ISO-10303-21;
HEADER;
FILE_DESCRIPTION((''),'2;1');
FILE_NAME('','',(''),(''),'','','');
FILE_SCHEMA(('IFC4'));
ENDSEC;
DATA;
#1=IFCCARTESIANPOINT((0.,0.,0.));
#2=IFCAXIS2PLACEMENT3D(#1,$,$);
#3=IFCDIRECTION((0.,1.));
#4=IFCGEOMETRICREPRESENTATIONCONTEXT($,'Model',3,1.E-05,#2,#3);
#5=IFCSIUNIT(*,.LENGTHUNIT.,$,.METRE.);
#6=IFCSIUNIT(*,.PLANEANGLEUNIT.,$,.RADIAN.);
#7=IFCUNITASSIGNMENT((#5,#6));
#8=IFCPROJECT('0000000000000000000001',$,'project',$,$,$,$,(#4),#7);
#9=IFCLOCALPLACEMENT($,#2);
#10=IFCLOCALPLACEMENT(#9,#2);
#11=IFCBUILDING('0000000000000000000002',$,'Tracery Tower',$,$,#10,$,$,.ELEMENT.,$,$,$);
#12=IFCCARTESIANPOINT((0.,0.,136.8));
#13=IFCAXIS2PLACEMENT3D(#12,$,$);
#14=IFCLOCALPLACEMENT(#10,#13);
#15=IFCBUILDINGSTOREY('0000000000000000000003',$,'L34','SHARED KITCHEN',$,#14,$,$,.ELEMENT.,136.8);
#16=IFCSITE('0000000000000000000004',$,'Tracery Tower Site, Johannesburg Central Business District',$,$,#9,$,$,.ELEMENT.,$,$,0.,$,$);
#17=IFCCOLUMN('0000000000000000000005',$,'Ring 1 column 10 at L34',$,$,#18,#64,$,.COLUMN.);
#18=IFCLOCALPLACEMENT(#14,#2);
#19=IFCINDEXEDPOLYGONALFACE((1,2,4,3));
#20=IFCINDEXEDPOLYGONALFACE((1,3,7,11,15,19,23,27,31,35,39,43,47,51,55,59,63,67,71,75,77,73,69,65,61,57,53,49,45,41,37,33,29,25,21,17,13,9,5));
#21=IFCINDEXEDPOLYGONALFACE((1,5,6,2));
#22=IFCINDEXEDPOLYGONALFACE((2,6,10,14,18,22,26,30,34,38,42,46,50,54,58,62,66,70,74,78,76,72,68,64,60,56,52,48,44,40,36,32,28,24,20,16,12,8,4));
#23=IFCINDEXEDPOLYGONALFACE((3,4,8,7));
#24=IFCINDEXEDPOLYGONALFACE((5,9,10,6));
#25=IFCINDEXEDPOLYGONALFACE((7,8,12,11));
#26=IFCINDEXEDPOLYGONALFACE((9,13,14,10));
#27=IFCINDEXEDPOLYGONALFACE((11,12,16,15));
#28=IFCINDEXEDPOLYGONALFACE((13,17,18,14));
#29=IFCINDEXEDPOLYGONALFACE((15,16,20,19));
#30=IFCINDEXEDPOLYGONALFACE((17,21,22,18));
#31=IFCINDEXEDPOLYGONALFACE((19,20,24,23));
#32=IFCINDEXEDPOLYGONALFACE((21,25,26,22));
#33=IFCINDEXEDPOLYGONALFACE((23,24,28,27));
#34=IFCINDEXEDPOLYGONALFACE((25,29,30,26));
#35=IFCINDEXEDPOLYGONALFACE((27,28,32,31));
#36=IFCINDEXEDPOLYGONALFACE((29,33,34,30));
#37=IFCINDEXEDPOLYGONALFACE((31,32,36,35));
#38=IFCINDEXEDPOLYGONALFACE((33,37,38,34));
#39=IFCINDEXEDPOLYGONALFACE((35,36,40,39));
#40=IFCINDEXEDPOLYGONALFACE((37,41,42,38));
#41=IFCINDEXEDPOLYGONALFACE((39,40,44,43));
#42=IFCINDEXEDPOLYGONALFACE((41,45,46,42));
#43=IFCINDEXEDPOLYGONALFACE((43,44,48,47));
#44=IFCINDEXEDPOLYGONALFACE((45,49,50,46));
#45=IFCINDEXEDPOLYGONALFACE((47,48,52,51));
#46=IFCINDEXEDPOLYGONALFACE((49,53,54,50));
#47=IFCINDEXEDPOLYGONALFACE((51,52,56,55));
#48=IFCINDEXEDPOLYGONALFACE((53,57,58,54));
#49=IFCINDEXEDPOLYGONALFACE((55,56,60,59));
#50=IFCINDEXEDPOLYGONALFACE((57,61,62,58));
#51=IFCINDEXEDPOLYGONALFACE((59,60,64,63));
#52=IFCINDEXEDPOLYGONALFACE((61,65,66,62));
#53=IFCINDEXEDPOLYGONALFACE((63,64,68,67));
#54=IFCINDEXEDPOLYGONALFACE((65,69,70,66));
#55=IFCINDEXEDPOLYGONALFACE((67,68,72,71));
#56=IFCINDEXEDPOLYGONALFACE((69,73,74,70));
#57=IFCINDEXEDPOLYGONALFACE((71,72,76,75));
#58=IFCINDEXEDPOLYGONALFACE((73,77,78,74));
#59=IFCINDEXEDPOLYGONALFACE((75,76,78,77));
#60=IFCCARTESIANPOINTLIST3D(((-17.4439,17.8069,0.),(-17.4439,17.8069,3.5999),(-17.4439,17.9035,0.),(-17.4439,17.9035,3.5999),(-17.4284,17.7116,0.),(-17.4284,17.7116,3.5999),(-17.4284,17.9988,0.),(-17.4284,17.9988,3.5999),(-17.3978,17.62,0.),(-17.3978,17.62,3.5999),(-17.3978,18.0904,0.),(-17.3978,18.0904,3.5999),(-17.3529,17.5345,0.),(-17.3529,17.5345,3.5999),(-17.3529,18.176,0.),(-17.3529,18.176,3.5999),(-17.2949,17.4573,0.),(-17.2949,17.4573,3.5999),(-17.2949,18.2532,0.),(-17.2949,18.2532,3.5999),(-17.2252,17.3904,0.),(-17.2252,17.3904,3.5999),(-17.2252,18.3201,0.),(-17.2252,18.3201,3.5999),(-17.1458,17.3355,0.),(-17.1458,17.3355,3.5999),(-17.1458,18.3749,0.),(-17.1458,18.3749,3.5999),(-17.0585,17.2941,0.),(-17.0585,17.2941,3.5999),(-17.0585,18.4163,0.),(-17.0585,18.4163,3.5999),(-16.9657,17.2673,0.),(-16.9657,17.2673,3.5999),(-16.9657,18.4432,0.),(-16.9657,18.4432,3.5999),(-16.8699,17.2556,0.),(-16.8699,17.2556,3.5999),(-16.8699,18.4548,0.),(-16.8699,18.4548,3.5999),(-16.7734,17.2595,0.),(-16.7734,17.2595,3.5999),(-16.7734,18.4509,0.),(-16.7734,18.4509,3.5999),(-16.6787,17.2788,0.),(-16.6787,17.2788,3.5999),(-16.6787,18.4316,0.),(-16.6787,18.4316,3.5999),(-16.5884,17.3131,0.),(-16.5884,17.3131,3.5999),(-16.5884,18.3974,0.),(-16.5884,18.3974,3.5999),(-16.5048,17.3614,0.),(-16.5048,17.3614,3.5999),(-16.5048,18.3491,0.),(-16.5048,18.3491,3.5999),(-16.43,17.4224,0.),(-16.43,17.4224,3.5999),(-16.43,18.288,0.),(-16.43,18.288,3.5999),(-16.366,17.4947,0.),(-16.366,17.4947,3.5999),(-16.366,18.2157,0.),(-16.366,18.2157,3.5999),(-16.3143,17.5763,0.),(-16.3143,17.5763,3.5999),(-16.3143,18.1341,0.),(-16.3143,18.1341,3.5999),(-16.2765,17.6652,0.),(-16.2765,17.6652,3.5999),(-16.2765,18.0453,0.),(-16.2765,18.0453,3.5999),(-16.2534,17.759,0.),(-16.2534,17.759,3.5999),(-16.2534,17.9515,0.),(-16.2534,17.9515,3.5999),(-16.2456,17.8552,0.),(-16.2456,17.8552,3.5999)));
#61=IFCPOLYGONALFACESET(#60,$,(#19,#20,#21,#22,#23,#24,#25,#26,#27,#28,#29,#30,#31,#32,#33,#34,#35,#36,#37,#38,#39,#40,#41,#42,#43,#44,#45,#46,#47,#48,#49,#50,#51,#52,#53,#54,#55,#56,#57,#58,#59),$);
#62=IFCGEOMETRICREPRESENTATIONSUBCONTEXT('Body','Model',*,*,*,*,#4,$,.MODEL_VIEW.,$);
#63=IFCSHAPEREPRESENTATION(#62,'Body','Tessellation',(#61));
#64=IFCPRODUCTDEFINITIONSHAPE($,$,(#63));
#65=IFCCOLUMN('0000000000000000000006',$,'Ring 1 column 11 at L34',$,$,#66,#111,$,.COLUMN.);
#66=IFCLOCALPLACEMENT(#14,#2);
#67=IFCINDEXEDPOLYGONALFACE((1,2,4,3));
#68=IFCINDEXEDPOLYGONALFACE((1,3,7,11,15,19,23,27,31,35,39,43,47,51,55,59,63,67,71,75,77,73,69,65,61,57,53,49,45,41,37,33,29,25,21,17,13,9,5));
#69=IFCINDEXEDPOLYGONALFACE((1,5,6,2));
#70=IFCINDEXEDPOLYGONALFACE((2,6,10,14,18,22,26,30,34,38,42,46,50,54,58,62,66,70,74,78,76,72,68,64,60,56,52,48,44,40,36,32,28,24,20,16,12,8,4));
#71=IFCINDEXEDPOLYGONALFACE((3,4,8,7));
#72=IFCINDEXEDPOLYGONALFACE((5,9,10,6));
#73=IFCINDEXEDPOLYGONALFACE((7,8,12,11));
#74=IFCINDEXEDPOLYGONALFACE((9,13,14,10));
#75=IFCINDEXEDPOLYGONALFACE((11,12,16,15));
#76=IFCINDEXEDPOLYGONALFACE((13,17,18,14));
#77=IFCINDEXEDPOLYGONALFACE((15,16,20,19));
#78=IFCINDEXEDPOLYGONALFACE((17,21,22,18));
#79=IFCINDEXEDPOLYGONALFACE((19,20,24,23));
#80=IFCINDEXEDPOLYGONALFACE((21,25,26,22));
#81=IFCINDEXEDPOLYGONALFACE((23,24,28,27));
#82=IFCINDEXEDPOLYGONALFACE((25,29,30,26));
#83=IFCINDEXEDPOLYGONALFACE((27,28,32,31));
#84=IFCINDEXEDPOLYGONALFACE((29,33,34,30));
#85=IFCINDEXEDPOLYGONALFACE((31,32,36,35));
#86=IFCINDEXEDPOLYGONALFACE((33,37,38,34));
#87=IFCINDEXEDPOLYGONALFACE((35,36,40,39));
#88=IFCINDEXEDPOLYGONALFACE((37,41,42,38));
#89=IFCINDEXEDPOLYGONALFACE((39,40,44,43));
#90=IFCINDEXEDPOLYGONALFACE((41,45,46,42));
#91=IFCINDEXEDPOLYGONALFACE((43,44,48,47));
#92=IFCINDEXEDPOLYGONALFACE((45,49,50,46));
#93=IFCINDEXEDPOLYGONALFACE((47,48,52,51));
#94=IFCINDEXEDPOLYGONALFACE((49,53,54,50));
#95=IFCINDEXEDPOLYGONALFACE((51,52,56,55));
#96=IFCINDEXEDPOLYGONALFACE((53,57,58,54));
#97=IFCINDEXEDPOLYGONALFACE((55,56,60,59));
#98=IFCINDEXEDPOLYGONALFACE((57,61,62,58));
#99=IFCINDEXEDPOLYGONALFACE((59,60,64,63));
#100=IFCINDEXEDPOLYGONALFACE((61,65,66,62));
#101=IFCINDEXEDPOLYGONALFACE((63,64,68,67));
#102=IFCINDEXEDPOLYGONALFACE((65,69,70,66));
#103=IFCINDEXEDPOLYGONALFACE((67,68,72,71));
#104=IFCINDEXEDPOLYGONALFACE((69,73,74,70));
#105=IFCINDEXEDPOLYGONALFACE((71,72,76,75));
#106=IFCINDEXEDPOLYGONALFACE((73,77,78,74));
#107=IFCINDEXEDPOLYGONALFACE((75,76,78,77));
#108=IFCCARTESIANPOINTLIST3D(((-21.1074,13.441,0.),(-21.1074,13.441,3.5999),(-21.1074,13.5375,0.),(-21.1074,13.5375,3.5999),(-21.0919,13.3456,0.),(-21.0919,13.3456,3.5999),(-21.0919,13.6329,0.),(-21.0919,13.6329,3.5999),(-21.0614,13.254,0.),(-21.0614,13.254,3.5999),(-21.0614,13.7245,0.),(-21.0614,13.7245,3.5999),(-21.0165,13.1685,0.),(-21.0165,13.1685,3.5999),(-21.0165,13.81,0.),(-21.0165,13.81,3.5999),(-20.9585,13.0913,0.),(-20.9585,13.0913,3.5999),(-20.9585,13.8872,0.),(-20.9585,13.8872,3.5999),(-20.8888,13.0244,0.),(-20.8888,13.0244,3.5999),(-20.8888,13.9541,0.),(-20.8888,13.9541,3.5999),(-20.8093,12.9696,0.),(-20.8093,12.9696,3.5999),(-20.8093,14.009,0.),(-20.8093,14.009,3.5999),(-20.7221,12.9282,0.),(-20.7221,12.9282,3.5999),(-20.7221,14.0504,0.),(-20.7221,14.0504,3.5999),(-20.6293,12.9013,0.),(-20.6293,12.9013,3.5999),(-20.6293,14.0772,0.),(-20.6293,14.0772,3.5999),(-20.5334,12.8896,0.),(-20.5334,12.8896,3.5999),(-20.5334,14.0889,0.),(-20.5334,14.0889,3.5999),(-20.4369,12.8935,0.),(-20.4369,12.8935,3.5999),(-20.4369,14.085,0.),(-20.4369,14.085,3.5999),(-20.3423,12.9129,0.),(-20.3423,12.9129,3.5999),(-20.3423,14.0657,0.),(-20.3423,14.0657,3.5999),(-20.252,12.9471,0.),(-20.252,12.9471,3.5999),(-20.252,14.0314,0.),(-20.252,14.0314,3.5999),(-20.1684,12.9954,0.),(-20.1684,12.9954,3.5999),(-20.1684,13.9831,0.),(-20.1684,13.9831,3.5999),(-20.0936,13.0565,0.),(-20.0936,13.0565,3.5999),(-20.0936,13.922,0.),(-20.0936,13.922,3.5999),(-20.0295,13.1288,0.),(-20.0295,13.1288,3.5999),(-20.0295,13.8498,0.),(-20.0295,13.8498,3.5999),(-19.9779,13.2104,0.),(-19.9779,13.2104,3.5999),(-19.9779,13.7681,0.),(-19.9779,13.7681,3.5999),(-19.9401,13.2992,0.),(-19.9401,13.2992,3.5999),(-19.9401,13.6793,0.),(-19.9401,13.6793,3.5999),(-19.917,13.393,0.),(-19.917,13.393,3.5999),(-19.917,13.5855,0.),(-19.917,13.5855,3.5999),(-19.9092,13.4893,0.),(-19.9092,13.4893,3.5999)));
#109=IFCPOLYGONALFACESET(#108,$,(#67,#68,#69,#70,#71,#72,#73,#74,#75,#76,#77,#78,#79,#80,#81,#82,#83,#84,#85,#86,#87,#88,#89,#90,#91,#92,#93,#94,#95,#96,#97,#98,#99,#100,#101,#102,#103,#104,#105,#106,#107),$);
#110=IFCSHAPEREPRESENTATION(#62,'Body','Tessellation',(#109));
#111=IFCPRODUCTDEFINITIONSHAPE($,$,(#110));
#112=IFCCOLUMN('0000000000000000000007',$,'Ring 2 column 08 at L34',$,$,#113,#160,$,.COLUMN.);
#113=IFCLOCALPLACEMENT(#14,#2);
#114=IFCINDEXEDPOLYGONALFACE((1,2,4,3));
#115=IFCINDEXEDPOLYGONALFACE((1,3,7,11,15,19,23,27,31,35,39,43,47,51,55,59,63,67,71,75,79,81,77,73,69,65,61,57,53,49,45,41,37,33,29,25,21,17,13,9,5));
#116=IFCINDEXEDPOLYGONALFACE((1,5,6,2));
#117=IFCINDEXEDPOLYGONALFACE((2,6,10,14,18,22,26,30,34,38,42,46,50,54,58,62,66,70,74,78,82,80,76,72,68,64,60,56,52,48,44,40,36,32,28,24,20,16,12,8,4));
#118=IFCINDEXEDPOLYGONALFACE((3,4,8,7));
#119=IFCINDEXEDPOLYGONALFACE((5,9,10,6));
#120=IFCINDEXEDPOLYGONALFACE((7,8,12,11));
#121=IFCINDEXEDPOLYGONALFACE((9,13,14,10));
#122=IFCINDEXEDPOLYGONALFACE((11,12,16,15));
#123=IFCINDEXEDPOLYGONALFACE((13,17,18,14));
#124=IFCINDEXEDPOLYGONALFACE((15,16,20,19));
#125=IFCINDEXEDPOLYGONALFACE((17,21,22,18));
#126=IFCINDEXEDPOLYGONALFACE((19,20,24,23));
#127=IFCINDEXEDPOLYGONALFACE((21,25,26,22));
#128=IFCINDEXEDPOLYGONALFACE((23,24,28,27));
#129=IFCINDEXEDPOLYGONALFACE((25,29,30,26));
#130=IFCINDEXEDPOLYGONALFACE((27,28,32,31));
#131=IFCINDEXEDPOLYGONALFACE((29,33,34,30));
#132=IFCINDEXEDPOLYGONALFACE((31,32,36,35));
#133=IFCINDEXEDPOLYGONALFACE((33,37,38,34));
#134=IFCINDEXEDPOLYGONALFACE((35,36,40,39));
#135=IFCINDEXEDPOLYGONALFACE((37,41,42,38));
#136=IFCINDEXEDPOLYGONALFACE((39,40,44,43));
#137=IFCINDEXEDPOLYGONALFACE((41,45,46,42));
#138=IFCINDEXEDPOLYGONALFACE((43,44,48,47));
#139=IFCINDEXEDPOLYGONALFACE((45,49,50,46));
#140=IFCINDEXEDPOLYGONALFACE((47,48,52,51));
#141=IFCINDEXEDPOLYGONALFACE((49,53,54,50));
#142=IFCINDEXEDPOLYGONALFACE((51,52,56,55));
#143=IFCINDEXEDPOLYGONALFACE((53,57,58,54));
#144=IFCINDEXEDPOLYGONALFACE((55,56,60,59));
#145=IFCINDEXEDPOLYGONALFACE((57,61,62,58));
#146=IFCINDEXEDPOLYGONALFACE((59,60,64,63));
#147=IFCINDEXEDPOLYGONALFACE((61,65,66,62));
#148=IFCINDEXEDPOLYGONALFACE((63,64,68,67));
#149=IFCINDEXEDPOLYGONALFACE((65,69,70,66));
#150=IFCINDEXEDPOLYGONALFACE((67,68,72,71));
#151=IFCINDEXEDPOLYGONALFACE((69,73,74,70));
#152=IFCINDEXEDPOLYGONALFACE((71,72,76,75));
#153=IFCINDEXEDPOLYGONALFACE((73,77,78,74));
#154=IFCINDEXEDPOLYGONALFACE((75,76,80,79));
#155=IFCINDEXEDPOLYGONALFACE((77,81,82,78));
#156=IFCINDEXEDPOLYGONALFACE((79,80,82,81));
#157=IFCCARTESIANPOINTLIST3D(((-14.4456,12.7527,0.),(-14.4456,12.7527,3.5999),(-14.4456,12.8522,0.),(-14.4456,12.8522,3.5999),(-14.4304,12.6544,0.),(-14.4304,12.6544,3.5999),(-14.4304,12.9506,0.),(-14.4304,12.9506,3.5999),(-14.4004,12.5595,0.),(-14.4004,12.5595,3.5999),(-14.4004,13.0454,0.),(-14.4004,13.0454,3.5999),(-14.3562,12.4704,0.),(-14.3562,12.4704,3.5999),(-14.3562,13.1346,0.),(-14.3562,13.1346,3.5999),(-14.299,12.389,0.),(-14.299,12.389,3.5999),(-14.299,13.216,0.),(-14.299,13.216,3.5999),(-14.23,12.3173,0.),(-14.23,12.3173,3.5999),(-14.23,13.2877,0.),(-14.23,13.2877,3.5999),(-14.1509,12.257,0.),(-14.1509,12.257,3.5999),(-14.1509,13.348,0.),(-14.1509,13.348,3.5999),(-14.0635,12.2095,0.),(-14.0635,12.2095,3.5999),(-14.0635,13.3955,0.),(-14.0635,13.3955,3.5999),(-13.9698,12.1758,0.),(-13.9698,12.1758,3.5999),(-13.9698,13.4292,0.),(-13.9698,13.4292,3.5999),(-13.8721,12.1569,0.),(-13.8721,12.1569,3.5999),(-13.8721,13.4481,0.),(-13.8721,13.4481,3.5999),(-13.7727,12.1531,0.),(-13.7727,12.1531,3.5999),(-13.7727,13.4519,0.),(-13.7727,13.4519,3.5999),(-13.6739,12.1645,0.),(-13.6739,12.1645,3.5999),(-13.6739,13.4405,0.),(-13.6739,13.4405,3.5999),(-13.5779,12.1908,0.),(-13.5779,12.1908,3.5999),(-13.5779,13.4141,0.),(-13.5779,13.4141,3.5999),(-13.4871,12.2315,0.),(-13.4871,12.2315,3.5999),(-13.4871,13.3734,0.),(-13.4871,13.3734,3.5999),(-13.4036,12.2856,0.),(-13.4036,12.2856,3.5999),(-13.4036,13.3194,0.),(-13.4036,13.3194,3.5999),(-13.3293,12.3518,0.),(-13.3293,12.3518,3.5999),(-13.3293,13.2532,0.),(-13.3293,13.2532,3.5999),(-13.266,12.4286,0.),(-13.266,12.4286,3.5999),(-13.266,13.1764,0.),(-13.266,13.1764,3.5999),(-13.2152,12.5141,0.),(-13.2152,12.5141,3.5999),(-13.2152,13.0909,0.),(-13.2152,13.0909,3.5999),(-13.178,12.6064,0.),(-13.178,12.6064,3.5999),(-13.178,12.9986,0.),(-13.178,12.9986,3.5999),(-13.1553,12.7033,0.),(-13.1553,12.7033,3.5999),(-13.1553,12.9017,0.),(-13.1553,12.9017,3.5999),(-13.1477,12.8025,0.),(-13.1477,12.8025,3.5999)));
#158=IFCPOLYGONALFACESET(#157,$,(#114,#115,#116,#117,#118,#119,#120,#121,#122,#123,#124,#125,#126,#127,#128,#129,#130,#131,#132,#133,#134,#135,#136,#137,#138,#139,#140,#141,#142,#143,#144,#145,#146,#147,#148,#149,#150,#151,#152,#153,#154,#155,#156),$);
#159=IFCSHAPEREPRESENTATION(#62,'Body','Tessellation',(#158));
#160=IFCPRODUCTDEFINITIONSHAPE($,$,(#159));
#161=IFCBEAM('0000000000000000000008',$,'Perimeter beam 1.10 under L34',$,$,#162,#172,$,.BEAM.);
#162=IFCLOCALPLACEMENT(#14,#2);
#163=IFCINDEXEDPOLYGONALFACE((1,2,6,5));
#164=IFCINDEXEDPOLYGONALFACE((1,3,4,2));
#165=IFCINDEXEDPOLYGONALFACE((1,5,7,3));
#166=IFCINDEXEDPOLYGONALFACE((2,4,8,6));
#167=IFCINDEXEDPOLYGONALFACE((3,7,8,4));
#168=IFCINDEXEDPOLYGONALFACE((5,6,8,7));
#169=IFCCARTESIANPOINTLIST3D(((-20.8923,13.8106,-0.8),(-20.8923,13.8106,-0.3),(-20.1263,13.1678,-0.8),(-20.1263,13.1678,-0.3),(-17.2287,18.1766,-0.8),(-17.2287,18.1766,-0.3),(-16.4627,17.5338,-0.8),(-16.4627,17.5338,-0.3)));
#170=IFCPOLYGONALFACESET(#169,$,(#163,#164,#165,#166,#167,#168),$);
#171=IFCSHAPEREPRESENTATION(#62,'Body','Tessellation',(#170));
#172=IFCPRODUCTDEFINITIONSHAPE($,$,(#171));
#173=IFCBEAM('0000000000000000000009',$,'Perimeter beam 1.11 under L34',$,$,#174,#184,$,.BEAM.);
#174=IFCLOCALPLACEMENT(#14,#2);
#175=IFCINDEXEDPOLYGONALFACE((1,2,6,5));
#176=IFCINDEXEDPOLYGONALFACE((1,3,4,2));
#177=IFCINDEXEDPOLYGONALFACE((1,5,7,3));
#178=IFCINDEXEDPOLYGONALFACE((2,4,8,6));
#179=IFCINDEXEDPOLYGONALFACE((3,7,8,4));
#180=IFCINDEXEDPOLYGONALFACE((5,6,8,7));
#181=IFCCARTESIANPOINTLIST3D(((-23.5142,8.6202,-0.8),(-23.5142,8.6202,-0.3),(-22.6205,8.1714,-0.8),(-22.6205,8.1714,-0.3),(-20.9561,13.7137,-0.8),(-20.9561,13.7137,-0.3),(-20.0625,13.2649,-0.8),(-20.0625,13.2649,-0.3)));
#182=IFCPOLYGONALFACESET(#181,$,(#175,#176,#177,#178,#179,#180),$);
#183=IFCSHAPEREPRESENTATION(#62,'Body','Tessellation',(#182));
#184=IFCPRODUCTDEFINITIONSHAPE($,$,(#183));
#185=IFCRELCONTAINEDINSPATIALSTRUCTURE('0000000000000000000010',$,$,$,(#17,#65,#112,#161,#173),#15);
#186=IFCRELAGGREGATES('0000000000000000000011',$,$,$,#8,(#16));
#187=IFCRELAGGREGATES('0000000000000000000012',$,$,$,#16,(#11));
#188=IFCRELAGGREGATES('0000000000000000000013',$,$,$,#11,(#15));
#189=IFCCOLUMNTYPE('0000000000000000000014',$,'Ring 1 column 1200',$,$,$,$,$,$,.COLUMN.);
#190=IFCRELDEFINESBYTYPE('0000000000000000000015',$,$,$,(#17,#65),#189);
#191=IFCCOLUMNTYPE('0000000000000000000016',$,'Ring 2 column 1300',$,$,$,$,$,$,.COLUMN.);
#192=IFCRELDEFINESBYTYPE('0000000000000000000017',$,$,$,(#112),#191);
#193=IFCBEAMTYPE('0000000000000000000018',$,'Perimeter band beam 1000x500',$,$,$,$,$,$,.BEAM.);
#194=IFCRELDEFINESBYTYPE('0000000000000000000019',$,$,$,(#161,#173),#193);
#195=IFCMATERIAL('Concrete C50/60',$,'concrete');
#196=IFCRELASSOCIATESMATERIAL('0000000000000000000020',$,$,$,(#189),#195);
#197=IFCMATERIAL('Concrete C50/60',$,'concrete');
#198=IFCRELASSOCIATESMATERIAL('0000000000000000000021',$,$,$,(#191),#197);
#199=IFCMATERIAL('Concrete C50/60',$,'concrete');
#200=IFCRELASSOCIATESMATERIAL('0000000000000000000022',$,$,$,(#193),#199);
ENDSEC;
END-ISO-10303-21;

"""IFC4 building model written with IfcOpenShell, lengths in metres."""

from ifc_helpers import new_model, si_unit, direction, frame, origin, origin_2d, place, context, subcontext, project, spatial, rectangle, circle, extrude, material, material_profile, profile_set, type_object, element, save


model = new_model("IFC4")

# Units and contexts
model_context = context("Model", 3, precision=1e-05, world=origin(), true_north=direction((0.0, 1.0)))
body_context = subcontext(model_context, "Body", "Model", "MODEL_VIEW")
ifc_project = project(units=[si_unit("LENGTHUNIT", "METRE"), si_unit("PLANEANGLEUNIT", "RADIAN")], contexts=[model_context])

# Site, building, storey
site_placement = place(None, origin())
site = spatial("IfcSite", under=ifc_project, at=site_placement, Name="Tracery Tower Site, Johannesburg Central Business District", CompositionType="ELEMENT", RefElevation=0.0)
building_placement = place(site_placement, origin())
building = spatial("IfcBuilding", under=site, at=building_placement, Name="Tracery Tower", CompositionType="ELEMENT")
storey_placement = place(building_placement, frame((0.0, 0.0, 136.8)))
storey = spatial("IfcBuildingStorey", under=building, at=storey_placement, Name="L34", Description="SHARED KITCHEN", CompositionType="ELEMENT", Elevation=136.8)

# Columns
ifc_material_1 = material(Name="Concrete C50/60", Category="concrete")
ifc_material_profile_1 = material_profile(ifc_material_1, circle(Radius=0.6001, at=origin_2d()), Name="RC D1200")
ifc_profile_set_1 = profile_set([ifc_material_profile_1], Name="Concrete C50/60")
column_type_1 = type_object("IfcColumnType", Name="Ring 1 column 1200", PredefinedType="COLUMN", material=ifc_profile_set_1)
for number, where, z_axis, x_axis, name in (
    (1, (-16.8457, 17.8552, 0.0), (0.0, 0.0, 1.0), (1.0, 0.0, 0.0), "Ring 1 column 10 at L34"),
    (2, (-20.5093, 13.4893, 0.0), (0.0, 0.0, 1.0), (1.0, 0.0, 0.0), "Ring 1 column 11 at L34"),
):
    element("IfcColumn", number, at=place(storey_placement, frame(where, z_axis=z_axis, x_axis=x_axis)), inside=storey, type_object=column_type_1, Name=name, PredefinedType="COLUMN", context=body_context, shape_type="SweptSolid", body=[
        extrude(circle(Radius=0.6001, at=origin_2d()), origin(), (0.0, 0.0, 1.0), 3.5999),
    ])
ifc_material_2 = material(Name="Concrete C50/60", Category="concrete")
ifc_material_profile_2 = material_profile(ifc_material_2, circle(Radius=0.6499, at=origin_2d()), Name="RC D1300")
ifc_profile_set_2 = profile_set([ifc_material_profile_2], Name="Concrete C50/60")
column_type_2 = type_object("IfcColumnType", Name="Ring 2 column 1300", PredefinedType="COLUMN", material=ifc_profile_set_2)
column_placement = place(storey_placement, frame((-13.7976, 12.8025, 0.0), z_axis=(0.0, 0.0, 1.0), x_axis=(1.0, 0.0, 0.0)))
element("IfcColumn", 3, at=column_placement, inside=storey, type_object=column_type_2, Name="Ring 2 column 08 at L34", PredefinedType="COLUMN", context=body_context, shape_type="SweptSolid", body=[
    extrude(circle(Radius=0.6499, at=origin_2d()), origin(), (0.0, 0.0, 1.0), 3.5999),
])

# Beams
ifc_material_3 = material(Name="Concrete C50/60", Category="concrete")
ifc_material_profile_3 = material_profile(ifc_material_3, rectangle(XDim=1.0, YDim=0.5, at=origin_2d()), Name="RC 1000x500")
ifc_profile_set_3 = profile_set([ifc_material_profile_3], Name="Concrete C50/60")
beam_type = type_object("IfcBeamType", Name="Perimeter band beam 1000x500", PredefinedType="BEAM", material=ifc_profile_set_3)
beam_1_placement = place(storey_placement, frame((-16.8457, 17.8552, -0.55), z_axis=(-0.642797, -0.766036, 0.0), x_axis=(0.766036, -0.642797, 0.0)))
element("IfcBeam", 4, at=beam_1_placement, inside=storey, type_object=beam_type, Name="Perimeter beam 1.10 under L34", PredefinedType="BEAM", context=body_context, shape_type="SweptSolid", body=[
    extrude(rectangle(XDim=1.0, YDim=0.5, at=origin_2d()), origin(), (0.0, 0.0, 1.0), 5.6995),
])
beam_2_placement = place(storey_placement, frame((-20.5093, 13.4893, -0.55), z_axis=(-0.448806, -0.893629, 0.0), x_axis=(0.893629, -0.448806, 0.0)))
element("IfcBeam", 5, at=beam_2_placement, inside=storey, type_object=beam_type, Name="Perimeter beam 1.11 under L34", PredefinedType="BEAM", context=body_context, shape_type="SweptSolid", body=[
    extrude(rectangle(XDim=1.0, YDim=0.5, at=origin_2d()), origin(), (0.0, 0.0, 1.0), 5.6997),
])

save(model, "model.ifc")
